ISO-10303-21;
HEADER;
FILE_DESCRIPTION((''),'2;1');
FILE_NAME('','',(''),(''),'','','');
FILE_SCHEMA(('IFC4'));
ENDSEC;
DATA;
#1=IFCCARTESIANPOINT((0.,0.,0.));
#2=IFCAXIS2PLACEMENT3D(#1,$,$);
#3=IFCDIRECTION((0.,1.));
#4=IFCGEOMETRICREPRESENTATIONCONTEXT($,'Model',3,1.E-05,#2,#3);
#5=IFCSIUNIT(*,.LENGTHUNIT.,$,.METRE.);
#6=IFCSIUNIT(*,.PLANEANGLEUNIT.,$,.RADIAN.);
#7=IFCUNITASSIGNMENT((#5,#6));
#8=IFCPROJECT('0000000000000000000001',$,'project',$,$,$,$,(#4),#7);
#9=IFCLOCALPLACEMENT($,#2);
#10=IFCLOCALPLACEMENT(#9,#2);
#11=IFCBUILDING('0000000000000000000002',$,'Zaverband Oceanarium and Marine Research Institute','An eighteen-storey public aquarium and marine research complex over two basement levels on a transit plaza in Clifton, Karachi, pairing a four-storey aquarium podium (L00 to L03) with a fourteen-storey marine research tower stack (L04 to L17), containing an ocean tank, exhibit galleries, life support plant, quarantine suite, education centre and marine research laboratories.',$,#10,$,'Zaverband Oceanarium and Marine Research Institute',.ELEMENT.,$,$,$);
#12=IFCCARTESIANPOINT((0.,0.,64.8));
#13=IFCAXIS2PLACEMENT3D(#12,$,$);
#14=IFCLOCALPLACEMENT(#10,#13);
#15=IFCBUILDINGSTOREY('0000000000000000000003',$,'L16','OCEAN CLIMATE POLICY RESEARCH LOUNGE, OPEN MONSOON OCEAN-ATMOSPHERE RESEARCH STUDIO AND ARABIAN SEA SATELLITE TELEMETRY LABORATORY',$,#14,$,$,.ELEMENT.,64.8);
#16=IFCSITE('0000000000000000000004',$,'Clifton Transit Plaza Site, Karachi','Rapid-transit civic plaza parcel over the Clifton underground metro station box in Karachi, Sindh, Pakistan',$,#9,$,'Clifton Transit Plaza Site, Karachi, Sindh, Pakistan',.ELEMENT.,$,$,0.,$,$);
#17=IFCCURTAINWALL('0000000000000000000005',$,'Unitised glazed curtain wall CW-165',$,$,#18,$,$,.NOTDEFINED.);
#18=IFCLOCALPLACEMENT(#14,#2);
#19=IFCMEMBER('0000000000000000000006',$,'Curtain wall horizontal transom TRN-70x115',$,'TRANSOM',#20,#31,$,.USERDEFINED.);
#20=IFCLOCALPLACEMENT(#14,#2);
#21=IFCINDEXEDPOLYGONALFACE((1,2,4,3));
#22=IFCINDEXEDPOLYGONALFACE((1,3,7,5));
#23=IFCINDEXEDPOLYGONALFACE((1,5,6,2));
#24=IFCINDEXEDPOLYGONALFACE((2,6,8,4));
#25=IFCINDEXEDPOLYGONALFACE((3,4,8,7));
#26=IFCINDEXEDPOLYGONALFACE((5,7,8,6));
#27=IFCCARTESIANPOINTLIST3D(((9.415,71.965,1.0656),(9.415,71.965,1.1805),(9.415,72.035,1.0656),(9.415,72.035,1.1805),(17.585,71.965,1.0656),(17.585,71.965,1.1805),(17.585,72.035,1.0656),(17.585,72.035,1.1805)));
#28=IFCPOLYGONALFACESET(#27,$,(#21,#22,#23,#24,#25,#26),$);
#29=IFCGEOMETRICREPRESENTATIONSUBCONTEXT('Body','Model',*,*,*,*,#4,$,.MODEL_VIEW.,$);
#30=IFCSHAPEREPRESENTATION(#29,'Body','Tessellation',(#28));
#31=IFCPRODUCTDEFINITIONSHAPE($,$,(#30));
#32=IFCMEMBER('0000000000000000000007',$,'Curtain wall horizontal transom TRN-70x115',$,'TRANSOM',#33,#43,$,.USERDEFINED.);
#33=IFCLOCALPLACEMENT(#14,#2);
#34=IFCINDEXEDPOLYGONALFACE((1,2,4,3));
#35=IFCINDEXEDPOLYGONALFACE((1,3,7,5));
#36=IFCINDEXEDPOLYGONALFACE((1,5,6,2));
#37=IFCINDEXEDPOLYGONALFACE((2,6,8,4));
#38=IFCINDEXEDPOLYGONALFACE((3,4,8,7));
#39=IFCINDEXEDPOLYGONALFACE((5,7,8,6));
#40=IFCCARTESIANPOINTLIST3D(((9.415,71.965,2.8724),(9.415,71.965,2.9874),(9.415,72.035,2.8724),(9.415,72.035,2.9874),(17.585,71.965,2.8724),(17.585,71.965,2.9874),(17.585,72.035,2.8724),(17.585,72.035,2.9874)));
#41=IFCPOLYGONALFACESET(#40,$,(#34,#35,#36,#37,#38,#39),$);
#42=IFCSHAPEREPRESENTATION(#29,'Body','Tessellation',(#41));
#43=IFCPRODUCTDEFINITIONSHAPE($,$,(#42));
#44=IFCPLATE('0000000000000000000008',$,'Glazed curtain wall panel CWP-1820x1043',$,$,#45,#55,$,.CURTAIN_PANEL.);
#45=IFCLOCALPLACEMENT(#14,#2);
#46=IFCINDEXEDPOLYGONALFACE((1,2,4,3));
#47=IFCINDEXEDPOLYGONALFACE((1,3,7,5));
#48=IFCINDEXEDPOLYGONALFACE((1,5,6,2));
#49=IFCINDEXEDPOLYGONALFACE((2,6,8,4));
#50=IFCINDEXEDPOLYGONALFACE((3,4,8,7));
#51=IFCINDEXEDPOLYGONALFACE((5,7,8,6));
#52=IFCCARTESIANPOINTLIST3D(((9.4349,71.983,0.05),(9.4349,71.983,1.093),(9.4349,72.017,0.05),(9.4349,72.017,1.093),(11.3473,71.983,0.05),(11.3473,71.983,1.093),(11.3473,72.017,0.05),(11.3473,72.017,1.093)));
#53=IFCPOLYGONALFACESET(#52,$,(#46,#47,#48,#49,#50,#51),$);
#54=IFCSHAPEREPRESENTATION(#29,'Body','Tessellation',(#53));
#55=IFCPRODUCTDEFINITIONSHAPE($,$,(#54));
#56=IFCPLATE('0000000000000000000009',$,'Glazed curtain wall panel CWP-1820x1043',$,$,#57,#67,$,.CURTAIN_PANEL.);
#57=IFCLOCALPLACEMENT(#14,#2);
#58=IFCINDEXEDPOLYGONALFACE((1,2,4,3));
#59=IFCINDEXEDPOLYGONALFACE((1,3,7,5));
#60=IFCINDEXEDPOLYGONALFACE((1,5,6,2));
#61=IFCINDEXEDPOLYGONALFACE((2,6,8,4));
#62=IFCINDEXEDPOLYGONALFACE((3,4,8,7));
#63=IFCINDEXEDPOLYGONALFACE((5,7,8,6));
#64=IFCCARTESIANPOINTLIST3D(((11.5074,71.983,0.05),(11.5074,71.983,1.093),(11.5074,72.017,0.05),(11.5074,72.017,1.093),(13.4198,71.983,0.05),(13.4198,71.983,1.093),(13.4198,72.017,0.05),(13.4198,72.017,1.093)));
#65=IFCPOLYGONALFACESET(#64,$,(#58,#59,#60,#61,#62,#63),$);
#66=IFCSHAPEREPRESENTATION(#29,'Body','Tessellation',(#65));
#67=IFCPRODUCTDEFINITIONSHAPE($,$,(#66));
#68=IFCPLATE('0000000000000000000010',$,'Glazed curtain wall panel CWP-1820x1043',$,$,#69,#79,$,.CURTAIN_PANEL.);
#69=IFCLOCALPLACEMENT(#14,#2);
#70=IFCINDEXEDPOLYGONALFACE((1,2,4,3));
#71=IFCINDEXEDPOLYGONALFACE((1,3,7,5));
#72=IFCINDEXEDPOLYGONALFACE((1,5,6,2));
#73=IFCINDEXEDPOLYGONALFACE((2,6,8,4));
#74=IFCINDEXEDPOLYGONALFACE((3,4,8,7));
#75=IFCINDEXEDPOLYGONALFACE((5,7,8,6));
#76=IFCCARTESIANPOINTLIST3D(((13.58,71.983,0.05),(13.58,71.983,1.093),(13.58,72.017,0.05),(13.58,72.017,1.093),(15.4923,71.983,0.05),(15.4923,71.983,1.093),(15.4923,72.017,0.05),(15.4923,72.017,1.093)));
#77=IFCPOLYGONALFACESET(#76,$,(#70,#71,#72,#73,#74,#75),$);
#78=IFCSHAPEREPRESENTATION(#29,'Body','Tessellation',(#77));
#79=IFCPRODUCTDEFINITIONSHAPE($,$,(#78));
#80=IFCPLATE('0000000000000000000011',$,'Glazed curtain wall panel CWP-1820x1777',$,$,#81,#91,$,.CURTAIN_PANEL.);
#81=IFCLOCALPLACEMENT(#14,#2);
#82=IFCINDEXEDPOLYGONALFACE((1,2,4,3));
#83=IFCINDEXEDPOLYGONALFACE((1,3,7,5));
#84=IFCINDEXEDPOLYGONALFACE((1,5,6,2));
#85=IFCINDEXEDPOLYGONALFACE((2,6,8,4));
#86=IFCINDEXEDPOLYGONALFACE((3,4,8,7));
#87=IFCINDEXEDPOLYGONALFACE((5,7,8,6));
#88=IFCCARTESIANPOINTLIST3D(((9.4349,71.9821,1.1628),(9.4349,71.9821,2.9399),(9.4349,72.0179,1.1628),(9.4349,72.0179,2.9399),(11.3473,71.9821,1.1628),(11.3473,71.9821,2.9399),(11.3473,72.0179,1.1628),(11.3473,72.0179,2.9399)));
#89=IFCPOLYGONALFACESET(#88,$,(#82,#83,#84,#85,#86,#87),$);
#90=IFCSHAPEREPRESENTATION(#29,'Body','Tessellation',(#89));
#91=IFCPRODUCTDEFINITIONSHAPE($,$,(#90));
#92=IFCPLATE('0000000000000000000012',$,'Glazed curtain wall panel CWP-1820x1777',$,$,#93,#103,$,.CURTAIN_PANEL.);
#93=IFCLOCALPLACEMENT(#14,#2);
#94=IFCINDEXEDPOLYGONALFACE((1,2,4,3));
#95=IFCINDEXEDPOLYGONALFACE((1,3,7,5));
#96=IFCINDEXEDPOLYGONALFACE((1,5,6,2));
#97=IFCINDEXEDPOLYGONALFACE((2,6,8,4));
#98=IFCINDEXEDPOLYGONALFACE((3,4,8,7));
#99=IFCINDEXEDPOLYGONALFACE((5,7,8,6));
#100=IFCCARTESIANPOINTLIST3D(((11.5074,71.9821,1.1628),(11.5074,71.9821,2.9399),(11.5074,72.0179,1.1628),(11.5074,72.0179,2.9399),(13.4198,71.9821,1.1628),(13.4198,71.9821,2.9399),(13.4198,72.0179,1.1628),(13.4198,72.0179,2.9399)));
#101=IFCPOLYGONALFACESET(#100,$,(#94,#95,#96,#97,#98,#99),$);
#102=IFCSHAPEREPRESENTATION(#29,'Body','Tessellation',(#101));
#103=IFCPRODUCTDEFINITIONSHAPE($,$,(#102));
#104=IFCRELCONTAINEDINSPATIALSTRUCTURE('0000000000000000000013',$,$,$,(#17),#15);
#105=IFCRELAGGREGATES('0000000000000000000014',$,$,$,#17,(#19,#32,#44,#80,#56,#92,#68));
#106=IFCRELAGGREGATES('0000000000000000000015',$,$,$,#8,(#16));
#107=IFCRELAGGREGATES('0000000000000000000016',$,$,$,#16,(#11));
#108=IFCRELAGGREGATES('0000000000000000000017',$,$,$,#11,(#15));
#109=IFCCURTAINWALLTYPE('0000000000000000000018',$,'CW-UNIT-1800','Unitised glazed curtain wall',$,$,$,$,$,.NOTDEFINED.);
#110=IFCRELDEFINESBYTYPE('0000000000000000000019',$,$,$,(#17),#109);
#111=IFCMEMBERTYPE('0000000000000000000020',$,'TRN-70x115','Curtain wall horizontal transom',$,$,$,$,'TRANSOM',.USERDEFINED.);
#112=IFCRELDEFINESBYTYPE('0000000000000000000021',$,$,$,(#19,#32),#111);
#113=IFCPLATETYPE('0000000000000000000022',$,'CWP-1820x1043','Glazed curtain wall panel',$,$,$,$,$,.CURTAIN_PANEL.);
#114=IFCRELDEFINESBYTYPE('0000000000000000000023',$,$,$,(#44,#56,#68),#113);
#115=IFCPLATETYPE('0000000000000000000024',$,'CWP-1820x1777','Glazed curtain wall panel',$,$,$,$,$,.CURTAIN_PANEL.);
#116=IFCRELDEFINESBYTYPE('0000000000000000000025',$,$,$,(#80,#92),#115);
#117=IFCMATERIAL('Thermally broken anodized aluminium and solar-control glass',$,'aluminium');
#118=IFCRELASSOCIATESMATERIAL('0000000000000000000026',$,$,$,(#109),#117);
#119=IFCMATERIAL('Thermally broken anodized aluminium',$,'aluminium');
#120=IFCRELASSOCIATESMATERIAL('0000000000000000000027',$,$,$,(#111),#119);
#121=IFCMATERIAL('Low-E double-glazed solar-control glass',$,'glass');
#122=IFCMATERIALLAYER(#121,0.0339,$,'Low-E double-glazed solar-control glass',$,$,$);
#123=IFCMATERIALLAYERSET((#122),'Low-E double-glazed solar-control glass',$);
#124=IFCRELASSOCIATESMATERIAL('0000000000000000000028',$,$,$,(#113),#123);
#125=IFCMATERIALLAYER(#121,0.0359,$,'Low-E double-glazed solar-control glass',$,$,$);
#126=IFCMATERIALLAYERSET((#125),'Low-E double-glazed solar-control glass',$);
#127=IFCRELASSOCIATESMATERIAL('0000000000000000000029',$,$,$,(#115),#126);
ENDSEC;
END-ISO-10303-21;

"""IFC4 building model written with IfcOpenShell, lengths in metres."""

from ifc_helpers import new_model, si_unit, direction, frame, frame_2d, origin, origin_2d, place, context, subcontext, project, spatial, rectangle, extrude, material, layer, layer_set, material_profile, profile_set, type_object, element, aggregate, save


model = new_model("IFC4")

# Units and contexts
model_context = context("Model", 3, precision=1e-05, world=origin(), true_north=direction((0.0, 1.0)))
body_context = subcontext(model_context, "Body", "Model", "MODEL_VIEW")
ifc_project = project(units=[si_unit("LENGTHUNIT", "METRE"), si_unit("PLANEANGLEUNIT", "RADIAN")], contexts=[model_context])

# Site, building, storey
site_placement = place(None, origin())
site = spatial("IfcSite", under=ifc_project, at=site_placement, Name="Clifton Transit Plaza Site, Karachi", Description="Rapid-transit civic plaza parcel over the Clifton underground metro station box in Karachi, Sindh, Pakistan", LongName="Clifton Transit Plaza Site, Karachi, Sindh, Pakistan", CompositionType="ELEMENT", RefElevation=0.0)
building_placement = place(site_placement, origin())
building = spatial("IfcBuilding", under=site, at=building_placement, Name="Zaverband Oceanarium and Marine Research Institute", Description="An eighteen-storey public aquarium and marine research complex over two basement levels on a transit plaza in Clifton, Karachi, pairing a four-storey aquarium podium (L00 to L03) with a fourteen-storey marine research tower stack (L04 to L17), containing an ocean tank, exhibit galleries, life support plant, quarantine suite, education centre and marine research laboratories.", LongName="Zaverband Oceanarium and Marine Research Institute", CompositionType="ELEMENT")
storey_placement = place(building_placement, frame((0.0, 0.0, 64.8)))
storey = spatial("IfcBuildingStorey", under=building, at=storey_placement, Name="L16", Description="OCEAN CLIMATE POLICY RESEARCH LOUNGE, OPEN MONSOON OCEAN-ATMOSPHERE RESEARCH STUDIO AND ARABIAN SEA SATELLITE TELEMETRY LABORATORY", CompositionType="ELEMENT", Elevation=64.8)

# Curtain wall
ifc_material_1 = material(Name="Thermally broken anodized aluminium and solar-control glass", Category="aluminium")
curtain_wall_type = type_object("IfcCurtainWallType", Name="CW-UNIT-1800", Description="Unitised glazed curtain wall", PredefinedType="NOTDEFINED", material=ifc_material_1)
curtain_wall_placement = place(storey_placement, origin())
curtain_wall = element("IfcCurtainWall", 1, at=curtain_wall_placement, inside=storey, type_object=curtain_wall_type, Name="Unitised glazed curtain wall CW-165", PredefinedType="NOTDEFINED")
ifc_material_2 = material(Name="Thermally broken anodized aluminium", Category="aluminium")

# Members
ifc_material_profile_1 = material_profile(ifc_material_2, rectangle(XDim=0.0701, YDim=0.115, at=origin_2d()), Name="AL-TRN-70x115")
ifc_profile_set_1 = profile_set([ifc_material_profile_1], Name="Thermally broken anodized aluminium")
member_type_1 = type_object("IfcMemberType", Name="TRN-70x115", Description="Curtain wall horizontal transom", ElementType="TRANSOM", PredefinedType="USERDEFINED", material=ifc_profile_set_1)
member_1_placement = place(storey_placement, frame((9.415, 72.0, 1.123), z_axis=(1.0, 0.0, 0.0), x_axis=(0.0, 1.0, 0.0)))
member_1 = element("IfcMember", 2, at=member_1_placement, type_object=member_type_1, Name="Curtain wall horizontal transom TRN-70x115", ObjectType="TRANSOM", PredefinedType="USERDEFINED", context=body_context, shape_type="SweptSolid", body=[
    extrude(rectangle(XDim=0.0701, YDim=0.115, at=origin_2d()), origin(), (0.0, 0.0, 1.0), 8.1699),
])
member_2_placement = place(storey_placement, frame((9.415, 72.0, 2.9299), z_axis=(1.0, 0.0, 0.0), x_axis=(0.0, 1.0, 0.0)))
member_2 = element("IfcMember", 3, at=member_2_placement, type_object=member_type_1, Name="Curtain wall horizontal transom TRN-70x115", ObjectType="TRANSOM", PredefinedType="USERDEFINED", context=body_context, shape_type="SweptSolid", body=[
    extrude(rectangle(XDim=0.0701, YDim=0.115, at=origin_2d()), origin(), (0.0, 0.0, 1.0), 8.1699),
])

# Plates
ifc_material_3 = material(Name="Low-E double-glazed solar-control glass", Category="glass")
ifc_layer_1 = layer(ifc_material_3, 0.0339, Name="Low-E double-glazed solar-control glass")
ifc_layer_set_1 = layer_set([ifc_layer_1], Name="Low-E double-glazed solar-control glass")
plate_type_1 = type_object("IfcPlateType", Name="CWP-1820x1043", Description="Glazed curtain wall panel", PredefinedType="CURTAIN_PANEL", material=ifc_layer_set_1)
plate_1_placement = place(storey_placement, frame((9.4351, 72.0, 0.05), z_axis=(0.0, 0.0, 1.0), x_axis=(1.0, 0.0, 0.0)))
plate_1 = element("IfcPlate", 4, at=plate_1_placement, type_object=plate_type_1, Name="Glazed curtain wall panel CWP-1820x1043", PredefinedType="CURTAIN_PANEL", context=body_context, shape_type="SweptSolid", body=[
    extrude(rectangle(XDim=1.9124, YDim=0.0339, at=frame_2d((0.9561, 0.0))), origin(), (0.0, 0.0, 1.0), 1.043),
])
plate_2_placement = place(storey_placement, frame((11.5076, 72.0, 0.05), z_axis=(0.0, 0.0, 1.0), x_axis=(1.0, 0.0, 0.0)))
plate_2 = element("IfcPlate", 5, at=plate_2_placement, type_object=plate_type_1, Name="Glazed curtain wall panel CWP-1820x1043", PredefinedType="CURTAIN_PANEL", context=body_context, shape_type="SweptSolid", body=[
    extrude(rectangle(XDim=1.9124, YDim=0.0339, at=frame_2d((0.9561, 0.0))), origin(), (0.0, 0.0, 1.0), 1.043),
])
plate_3_placement = place(storey_placement, frame((13.5801, 72.0, 0.05), z_axis=(0.0, 0.0, 1.0), x_axis=(1.0, 0.0, 0.0)))
plate_3 = element("IfcPlate", 6, at=plate_3_placement, type_object=plate_type_1, Name="Glazed curtain wall panel CWP-1820x1043", PredefinedType="CURTAIN_PANEL", context=body_context, shape_type="SweptSolid", body=[
    extrude(rectangle(XDim=1.9124, YDim=0.0339, at=frame_2d((0.9561, 0.0))), origin(), (0.0, 0.0, 1.0), 1.043),
])
ifc_layer_2 = layer(ifc_material_3, 0.0359, Name="Low-E double-glazed solar-control glass")
ifc_layer_set_2 = layer_set([ifc_layer_2], Name="Low-E double-glazed solar-control glass")
plate_type_2 = type_object("IfcPlateType", Name="CWP-1820x1777", Description="Glazed curtain wall panel", PredefinedType="CURTAIN_PANEL", material=ifc_layer_set_2)
plate_4_placement = place(storey_placement, frame((9.4351, 72.0, 1.1628), z_axis=(0.0, 0.0, 1.0), x_axis=(1.0, 0.0, 0.0)))
plate_4 = element("IfcPlate", 7, at=plate_4_placement, type_object=plate_type_2, Name="Glazed curtain wall panel CWP-1820x1777", PredefinedType="CURTAIN_PANEL", context=body_context, shape_type="SweptSolid", body=[
    extrude(rectangle(XDim=1.9124, YDim=0.0359, at=frame_2d((0.9561, 0.0))), origin(), (0.0, 0.0, 1.0), 1.7771),
])
plate_5_placement = place(storey_placement, frame((11.5076, 72.0, 1.1628), z_axis=(0.0, 0.0, 1.0), x_axis=(1.0, 0.0, 0.0)))
plate_5 = element("IfcPlate", 8, at=plate_5_placement, type_object=plate_type_2, Name="Glazed curtain wall panel CWP-1820x1777", PredefinedType="CURTAIN_PANEL", context=body_context, shape_type="SweptSolid", body=[
    extrude(rectangle(XDim=1.9124, YDim=0.0359, at=frame_2d((0.9561, 0.0))), origin(), (0.0, 0.0, 1.0), 1.7771),
])
aggregate(curtain_wall, [member_1, member_2, plate_1, plate_4, plate_2, plate_5, plate_3])

save(model, "model.ifc")
